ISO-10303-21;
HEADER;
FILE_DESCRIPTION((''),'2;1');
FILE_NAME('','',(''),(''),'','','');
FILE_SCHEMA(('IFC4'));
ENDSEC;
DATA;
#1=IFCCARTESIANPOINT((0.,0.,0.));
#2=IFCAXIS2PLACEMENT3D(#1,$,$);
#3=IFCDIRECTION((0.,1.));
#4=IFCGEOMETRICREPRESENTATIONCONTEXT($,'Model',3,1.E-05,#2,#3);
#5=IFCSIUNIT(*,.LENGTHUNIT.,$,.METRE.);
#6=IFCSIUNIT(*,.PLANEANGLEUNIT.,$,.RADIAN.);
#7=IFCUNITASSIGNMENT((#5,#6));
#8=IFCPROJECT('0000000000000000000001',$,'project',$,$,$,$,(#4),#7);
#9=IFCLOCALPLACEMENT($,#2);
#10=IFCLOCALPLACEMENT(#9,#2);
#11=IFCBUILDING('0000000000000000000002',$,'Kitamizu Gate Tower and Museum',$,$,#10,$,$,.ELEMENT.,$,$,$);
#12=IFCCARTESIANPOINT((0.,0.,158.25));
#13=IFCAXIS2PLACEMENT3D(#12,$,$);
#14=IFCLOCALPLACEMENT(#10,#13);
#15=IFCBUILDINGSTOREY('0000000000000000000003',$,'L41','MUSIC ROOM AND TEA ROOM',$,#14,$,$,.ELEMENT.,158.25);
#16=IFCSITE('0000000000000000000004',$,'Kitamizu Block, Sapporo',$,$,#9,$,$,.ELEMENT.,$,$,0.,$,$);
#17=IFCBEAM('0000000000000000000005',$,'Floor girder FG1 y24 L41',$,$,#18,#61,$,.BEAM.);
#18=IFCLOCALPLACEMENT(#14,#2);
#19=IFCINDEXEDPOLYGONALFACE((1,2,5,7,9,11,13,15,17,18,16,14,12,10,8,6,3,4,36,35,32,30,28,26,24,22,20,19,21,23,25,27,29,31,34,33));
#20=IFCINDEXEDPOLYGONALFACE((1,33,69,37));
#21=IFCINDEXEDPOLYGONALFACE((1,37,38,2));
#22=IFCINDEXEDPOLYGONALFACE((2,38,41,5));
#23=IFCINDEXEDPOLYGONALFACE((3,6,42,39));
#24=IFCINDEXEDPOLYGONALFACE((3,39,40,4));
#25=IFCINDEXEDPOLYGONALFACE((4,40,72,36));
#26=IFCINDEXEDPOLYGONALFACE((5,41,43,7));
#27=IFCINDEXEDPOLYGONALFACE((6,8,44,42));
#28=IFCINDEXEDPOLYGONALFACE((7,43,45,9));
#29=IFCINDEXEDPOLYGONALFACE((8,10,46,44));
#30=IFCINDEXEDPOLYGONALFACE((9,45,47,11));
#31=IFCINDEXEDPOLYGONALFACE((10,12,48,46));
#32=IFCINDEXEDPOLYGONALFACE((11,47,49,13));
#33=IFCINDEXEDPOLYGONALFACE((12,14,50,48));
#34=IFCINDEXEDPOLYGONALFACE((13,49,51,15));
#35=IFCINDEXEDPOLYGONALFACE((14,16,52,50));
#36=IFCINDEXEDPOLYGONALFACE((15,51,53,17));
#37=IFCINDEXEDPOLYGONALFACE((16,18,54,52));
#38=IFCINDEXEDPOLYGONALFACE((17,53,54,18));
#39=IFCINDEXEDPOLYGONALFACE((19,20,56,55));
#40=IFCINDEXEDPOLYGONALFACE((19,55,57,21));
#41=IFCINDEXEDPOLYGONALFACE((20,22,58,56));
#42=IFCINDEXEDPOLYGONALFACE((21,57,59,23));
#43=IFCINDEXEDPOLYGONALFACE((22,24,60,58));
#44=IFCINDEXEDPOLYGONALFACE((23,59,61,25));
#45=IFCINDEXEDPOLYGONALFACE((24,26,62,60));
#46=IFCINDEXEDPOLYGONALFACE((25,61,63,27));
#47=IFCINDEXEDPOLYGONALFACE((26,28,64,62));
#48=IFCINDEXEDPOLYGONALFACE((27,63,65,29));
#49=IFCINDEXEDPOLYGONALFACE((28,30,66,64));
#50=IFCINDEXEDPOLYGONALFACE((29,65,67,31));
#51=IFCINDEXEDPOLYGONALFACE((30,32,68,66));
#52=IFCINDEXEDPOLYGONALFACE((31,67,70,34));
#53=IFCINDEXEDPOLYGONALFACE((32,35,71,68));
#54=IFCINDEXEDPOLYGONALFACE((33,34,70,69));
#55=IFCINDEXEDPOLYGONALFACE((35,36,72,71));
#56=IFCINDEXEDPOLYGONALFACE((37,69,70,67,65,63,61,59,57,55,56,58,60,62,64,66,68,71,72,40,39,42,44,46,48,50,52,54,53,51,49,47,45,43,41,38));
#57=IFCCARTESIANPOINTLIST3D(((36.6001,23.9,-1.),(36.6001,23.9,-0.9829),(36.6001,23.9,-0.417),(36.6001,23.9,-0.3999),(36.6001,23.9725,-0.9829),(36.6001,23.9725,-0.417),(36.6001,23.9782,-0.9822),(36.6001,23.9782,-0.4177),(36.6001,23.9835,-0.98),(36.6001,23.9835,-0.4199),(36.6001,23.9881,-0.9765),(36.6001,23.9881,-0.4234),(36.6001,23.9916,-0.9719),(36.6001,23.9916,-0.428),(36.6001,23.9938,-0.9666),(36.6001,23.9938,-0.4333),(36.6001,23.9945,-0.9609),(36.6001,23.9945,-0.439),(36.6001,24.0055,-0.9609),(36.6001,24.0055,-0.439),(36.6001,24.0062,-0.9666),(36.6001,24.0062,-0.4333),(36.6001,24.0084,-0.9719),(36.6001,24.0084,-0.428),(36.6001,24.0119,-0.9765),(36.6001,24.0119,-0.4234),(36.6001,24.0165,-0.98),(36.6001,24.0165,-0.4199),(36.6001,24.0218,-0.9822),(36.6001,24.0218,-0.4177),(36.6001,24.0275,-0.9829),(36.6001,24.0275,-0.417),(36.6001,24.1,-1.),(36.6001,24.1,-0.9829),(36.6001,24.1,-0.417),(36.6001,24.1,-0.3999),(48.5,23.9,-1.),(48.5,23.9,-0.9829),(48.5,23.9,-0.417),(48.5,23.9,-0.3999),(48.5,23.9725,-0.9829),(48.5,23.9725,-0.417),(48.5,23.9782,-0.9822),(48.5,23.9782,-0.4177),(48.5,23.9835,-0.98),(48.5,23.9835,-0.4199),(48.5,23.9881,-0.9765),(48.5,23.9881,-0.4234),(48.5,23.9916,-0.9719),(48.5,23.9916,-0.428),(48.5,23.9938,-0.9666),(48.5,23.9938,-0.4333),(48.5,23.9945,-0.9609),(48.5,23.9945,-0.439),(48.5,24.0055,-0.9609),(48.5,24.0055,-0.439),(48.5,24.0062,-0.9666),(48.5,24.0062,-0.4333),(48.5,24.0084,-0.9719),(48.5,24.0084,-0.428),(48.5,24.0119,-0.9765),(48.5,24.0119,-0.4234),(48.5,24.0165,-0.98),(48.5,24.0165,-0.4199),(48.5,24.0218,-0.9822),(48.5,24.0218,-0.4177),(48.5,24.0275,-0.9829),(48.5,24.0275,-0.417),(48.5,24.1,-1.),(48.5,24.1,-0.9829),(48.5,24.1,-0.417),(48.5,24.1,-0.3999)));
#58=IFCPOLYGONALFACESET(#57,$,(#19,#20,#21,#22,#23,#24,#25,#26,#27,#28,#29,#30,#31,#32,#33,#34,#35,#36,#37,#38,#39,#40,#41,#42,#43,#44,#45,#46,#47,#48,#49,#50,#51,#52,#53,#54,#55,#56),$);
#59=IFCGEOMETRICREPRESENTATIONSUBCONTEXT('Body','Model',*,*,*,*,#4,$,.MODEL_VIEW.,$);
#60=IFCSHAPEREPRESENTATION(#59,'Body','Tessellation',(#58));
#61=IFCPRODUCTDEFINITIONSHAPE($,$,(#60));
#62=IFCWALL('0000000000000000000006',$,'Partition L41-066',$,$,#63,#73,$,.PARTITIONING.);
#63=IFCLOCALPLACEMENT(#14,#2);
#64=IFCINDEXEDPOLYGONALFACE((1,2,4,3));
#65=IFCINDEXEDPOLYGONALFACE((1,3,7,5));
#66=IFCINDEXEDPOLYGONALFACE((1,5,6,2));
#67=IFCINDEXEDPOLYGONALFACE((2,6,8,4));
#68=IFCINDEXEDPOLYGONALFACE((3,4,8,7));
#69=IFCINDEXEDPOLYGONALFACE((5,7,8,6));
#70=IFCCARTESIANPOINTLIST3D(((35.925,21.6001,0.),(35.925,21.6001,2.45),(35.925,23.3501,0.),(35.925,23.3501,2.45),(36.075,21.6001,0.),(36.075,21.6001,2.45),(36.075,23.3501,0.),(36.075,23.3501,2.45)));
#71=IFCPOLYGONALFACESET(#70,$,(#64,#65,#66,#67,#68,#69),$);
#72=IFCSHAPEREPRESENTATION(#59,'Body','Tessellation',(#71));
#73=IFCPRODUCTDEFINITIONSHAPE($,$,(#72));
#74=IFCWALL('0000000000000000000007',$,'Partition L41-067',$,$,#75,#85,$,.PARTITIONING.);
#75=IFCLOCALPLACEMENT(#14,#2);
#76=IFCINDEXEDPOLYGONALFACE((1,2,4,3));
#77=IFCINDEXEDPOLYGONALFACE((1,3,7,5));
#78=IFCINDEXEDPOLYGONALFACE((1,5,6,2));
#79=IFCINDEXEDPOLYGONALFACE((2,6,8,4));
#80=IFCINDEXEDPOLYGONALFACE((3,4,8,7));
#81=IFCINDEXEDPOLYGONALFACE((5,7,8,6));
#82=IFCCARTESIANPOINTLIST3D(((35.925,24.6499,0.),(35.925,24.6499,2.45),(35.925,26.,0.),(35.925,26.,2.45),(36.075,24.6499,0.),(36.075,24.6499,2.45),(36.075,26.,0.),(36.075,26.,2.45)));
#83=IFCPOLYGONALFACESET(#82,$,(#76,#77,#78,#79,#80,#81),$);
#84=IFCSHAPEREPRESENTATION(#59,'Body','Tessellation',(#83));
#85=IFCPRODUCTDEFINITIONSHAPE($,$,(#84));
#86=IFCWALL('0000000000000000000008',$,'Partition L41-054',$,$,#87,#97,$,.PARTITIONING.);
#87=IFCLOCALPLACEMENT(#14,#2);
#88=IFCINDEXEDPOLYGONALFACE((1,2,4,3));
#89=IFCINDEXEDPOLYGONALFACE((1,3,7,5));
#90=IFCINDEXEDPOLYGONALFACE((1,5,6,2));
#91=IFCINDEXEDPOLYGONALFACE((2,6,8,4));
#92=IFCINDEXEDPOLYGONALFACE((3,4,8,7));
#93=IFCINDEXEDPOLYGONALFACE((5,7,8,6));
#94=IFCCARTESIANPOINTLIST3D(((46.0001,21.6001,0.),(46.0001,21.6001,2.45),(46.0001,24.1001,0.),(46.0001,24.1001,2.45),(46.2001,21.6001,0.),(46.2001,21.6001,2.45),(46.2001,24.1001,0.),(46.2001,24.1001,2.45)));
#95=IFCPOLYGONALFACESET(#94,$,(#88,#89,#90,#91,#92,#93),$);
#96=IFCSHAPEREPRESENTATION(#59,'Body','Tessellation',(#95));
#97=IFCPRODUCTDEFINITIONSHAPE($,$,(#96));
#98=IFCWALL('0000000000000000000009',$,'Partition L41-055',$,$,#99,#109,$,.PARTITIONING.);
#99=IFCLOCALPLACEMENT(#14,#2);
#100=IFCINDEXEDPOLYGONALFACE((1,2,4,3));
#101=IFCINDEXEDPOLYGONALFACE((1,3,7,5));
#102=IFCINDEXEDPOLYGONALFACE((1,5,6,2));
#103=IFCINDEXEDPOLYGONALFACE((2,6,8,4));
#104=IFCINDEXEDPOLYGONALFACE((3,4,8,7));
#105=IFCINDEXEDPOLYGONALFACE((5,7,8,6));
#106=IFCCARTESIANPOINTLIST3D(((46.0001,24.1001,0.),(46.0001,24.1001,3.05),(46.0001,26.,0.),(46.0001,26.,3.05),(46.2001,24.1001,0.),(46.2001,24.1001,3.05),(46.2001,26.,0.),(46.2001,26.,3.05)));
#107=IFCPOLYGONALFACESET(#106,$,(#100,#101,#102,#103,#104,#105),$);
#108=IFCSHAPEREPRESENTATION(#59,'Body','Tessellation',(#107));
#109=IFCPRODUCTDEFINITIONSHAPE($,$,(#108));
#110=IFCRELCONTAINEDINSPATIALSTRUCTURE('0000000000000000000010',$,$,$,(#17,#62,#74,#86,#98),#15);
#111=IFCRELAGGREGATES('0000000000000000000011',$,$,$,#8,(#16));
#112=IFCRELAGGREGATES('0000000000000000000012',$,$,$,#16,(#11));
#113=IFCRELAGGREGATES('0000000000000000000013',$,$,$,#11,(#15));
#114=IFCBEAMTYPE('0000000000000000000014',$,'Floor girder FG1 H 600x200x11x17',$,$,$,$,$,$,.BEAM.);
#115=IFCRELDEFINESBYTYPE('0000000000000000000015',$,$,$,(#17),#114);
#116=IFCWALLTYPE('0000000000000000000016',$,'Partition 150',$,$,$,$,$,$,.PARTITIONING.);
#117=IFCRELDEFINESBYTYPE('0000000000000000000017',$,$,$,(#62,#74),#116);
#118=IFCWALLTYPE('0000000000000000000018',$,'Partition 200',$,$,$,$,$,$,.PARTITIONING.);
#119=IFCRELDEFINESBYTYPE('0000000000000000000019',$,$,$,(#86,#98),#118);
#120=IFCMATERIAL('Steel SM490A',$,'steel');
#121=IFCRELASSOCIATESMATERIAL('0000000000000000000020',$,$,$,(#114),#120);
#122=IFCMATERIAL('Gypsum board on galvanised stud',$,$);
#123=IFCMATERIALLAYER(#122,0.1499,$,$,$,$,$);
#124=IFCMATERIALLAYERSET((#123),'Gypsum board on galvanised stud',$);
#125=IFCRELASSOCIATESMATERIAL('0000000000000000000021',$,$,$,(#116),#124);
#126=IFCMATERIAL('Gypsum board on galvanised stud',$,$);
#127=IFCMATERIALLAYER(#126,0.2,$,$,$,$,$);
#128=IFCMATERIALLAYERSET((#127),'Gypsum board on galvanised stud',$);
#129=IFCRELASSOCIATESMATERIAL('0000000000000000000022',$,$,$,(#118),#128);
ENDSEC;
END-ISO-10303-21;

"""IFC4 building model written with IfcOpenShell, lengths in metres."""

from ifc_helpers import new_model, si_unit, direction, frame, frame_2d, origin, origin_2d, place, context, subcontext, project, spatial, rectangle, i_section, extrude, material, layer, layer_set, material_profile, profile_set, type_object, element, save


model = new_model("IFC4")

# Units and contexts
model_context = context("Model", 3, precision=1e-05, world=origin(), true_north=direction((0.0, 1.0)))
body_context = subcontext(model_context, "Body", "Model", "MODEL_VIEW")
ifc_project = project(units=[si_unit("LENGTHUNIT", "METRE"), si_unit("PLANEANGLEUNIT", "RADIAN")], contexts=[model_context])

# Site, building, storey
site_placement = place(None, origin())
site = spatial("IfcSite", under=ifc_project, at=site_placement, Name="Kitamizu Block, Sapporo", CompositionType="ELEMENT", RefElevation=0.0)
building_placement = place(site_placement, origin())
building = spatial("IfcBuilding", under=site, at=building_placement, Name="Kitamizu Gate Tower and Museum", CompositionType="ELEMENT")
storey_placement = place(building_placement, frame((0.0, 0.0, 158.25)))
storey = spatial("IfcBuildingStorey", under=building, at=storey_placement, Name="L41", Description="MUSIC ROOM AND TEA ROOM", CompositionType="ELEMENT", Elevation=158.25)

# Beam
ifc_material_1 = material(Name="Steel SM490A", Category="steel")
ifc_material_profile_1 = material_profile(ifc_material_1, i_section(OverallWidth=0.2, OverallDepth=0.6001, WebThickness=0.011, FlangeThickness=0.0171, FilletRadius=0.022, at=origin_2d()), Name="H-600x200x11x17")
ifc_profile_set_1 = profile_set([ifc_material_profile_1], Name="Steel SM490A")
beam_type_1 = type_object("IfcBeamType", Name="Floor girder FG1 H 600x200x11x17", PredefinedType="BEAM", material=ifc_profile_set_1)
beam_1_placement = place(storey_placement, frame((36.6001, 24.0, -0.7), z_axis=(1.0, 0.0, 0.0), x_axis=(0.0, 1.0, 0.0)))
element("IfcBeam", 1, at=beam_1_placement, inside=storey, type_object=beam_type_1, Name="Floor girder FG1 y24 L41", PredefinedType="BEAM", context=body_context, shape_type="SweptSolid", body=[
    extrude(i_section(OverallWidth=0.2, OverallDepth=0.6001, WebThickness=0.011, FlangeThickness=0.0171, FilletRadius=0.022, at=origin_2d()), origin(), (0.0, 0.0, 1.0), 11.8999),
])

# Walls
ifc_material_2 = material(Name="Gypsum board on galvanised stud")
ifc_layer_1 = layer(ifc_material_2, 0.1499)
ifc_layer_set_1 = layer_set([ifc_layer_1], Name="Gypsum board on galvanised stud")
wall_type_1 = type_object("IfcWallType", Name="Partition 150", PredefinedType="PARTITIONING", material=ifc_layer_set_1)
wall_1_placement = place(storey_placement, frame((36.0, 21.6001, 0.0), z_axis=(0.0, 0.0, 1.0), x_axis=(0.0, 1.0, 0.0)))
element("IfcWall", 2, at=wall_1_placement, inside=storey, type_object=wall_type_1, Name="Partition L41-066", PredefinedType="PARTITIONING", context=body_context, shape_type="SweptSolid", body=[
    extrude(rectangle(XDim=1.75, YDim=0.1499, at=frame_2d((0.875, 0.0))), origin(), (0.0, 0.0, 1.0), 2.45),
])
wall_2_placement = place(storey_placement, frame((36.0, 24.6499, 0.0), z_axis=(0.0, 0.0, 1.0), x_axis=(0.0, 1.0, 0.0)))
element("IfcWall", 3, at=wall_2_placement, inside=storey, type_object=wall_type_1, Name="Partition L41-067", PredefinedType="PARTITIONING", context=body_context, shape_type="SweptSolid", body=[
    extrude(rectangle(XDim=1.3501, YDim=0.1499, at=frame_2d((0.675, 0.0))), origin(), (0.0, 0.0, 1.0), 2.45),
])
ifc_material_3 = material(Name="Gypsum board on galvanised stud")
ifc_layer_2 = layer(ifc_material_3, 0.2)
ifc_layer_set_2 = layer_set([ifc_layer_2], Name="Gypsum board on galvanised stud")
wall_type_2 = type_object("IfcWallType", Name="Partition 200", PredefinedType="PARTITIONING", material=ifc_layer_set_2)
wall_3_placement = place(storey_placement, frame((46.1001, 21.6001, 0.0), z_axis=(0.0, 0.0, 1.0), x_axis=(0.0, 1.0, 0.0)))
element("IfcWall", 4, at=wall_3_placement, inside=storey, type_object=wall_type_2, Name="Partition L41-054", PredefinedType="PARTITIONING", context=body_context, shape_type="SweptSolid", body=[
    extrude(rectangle(XDim=2.5, YDim=0.2, at=frame_2d((1.25, 0.0))), origin(), (0.0, 0.0, 1.0), 2.45),
])
wall_4_placement = place(storey_placement, frame((46.1001, 24.1001, 0.0), z_axis=(0.0, 0.0, 1.0), x_axis=(0.0, 1.0, 0.0)))
element("IfcWall", 5, at=wall_4_placement, inside=storey, type_object=wall_type_2, Name="Partition L41-055", PredefinedType="PARTITIONING", context=body_context, shape_type="SweptSolid", body=[
    extrude(rectangle(XDim=1.8999, YDim=0.2, at=frame_2d((0.95, 0.0))), origin(), (0.0, 0.0, 1.0), 3.05),
])

save(model, "model.ifc")
